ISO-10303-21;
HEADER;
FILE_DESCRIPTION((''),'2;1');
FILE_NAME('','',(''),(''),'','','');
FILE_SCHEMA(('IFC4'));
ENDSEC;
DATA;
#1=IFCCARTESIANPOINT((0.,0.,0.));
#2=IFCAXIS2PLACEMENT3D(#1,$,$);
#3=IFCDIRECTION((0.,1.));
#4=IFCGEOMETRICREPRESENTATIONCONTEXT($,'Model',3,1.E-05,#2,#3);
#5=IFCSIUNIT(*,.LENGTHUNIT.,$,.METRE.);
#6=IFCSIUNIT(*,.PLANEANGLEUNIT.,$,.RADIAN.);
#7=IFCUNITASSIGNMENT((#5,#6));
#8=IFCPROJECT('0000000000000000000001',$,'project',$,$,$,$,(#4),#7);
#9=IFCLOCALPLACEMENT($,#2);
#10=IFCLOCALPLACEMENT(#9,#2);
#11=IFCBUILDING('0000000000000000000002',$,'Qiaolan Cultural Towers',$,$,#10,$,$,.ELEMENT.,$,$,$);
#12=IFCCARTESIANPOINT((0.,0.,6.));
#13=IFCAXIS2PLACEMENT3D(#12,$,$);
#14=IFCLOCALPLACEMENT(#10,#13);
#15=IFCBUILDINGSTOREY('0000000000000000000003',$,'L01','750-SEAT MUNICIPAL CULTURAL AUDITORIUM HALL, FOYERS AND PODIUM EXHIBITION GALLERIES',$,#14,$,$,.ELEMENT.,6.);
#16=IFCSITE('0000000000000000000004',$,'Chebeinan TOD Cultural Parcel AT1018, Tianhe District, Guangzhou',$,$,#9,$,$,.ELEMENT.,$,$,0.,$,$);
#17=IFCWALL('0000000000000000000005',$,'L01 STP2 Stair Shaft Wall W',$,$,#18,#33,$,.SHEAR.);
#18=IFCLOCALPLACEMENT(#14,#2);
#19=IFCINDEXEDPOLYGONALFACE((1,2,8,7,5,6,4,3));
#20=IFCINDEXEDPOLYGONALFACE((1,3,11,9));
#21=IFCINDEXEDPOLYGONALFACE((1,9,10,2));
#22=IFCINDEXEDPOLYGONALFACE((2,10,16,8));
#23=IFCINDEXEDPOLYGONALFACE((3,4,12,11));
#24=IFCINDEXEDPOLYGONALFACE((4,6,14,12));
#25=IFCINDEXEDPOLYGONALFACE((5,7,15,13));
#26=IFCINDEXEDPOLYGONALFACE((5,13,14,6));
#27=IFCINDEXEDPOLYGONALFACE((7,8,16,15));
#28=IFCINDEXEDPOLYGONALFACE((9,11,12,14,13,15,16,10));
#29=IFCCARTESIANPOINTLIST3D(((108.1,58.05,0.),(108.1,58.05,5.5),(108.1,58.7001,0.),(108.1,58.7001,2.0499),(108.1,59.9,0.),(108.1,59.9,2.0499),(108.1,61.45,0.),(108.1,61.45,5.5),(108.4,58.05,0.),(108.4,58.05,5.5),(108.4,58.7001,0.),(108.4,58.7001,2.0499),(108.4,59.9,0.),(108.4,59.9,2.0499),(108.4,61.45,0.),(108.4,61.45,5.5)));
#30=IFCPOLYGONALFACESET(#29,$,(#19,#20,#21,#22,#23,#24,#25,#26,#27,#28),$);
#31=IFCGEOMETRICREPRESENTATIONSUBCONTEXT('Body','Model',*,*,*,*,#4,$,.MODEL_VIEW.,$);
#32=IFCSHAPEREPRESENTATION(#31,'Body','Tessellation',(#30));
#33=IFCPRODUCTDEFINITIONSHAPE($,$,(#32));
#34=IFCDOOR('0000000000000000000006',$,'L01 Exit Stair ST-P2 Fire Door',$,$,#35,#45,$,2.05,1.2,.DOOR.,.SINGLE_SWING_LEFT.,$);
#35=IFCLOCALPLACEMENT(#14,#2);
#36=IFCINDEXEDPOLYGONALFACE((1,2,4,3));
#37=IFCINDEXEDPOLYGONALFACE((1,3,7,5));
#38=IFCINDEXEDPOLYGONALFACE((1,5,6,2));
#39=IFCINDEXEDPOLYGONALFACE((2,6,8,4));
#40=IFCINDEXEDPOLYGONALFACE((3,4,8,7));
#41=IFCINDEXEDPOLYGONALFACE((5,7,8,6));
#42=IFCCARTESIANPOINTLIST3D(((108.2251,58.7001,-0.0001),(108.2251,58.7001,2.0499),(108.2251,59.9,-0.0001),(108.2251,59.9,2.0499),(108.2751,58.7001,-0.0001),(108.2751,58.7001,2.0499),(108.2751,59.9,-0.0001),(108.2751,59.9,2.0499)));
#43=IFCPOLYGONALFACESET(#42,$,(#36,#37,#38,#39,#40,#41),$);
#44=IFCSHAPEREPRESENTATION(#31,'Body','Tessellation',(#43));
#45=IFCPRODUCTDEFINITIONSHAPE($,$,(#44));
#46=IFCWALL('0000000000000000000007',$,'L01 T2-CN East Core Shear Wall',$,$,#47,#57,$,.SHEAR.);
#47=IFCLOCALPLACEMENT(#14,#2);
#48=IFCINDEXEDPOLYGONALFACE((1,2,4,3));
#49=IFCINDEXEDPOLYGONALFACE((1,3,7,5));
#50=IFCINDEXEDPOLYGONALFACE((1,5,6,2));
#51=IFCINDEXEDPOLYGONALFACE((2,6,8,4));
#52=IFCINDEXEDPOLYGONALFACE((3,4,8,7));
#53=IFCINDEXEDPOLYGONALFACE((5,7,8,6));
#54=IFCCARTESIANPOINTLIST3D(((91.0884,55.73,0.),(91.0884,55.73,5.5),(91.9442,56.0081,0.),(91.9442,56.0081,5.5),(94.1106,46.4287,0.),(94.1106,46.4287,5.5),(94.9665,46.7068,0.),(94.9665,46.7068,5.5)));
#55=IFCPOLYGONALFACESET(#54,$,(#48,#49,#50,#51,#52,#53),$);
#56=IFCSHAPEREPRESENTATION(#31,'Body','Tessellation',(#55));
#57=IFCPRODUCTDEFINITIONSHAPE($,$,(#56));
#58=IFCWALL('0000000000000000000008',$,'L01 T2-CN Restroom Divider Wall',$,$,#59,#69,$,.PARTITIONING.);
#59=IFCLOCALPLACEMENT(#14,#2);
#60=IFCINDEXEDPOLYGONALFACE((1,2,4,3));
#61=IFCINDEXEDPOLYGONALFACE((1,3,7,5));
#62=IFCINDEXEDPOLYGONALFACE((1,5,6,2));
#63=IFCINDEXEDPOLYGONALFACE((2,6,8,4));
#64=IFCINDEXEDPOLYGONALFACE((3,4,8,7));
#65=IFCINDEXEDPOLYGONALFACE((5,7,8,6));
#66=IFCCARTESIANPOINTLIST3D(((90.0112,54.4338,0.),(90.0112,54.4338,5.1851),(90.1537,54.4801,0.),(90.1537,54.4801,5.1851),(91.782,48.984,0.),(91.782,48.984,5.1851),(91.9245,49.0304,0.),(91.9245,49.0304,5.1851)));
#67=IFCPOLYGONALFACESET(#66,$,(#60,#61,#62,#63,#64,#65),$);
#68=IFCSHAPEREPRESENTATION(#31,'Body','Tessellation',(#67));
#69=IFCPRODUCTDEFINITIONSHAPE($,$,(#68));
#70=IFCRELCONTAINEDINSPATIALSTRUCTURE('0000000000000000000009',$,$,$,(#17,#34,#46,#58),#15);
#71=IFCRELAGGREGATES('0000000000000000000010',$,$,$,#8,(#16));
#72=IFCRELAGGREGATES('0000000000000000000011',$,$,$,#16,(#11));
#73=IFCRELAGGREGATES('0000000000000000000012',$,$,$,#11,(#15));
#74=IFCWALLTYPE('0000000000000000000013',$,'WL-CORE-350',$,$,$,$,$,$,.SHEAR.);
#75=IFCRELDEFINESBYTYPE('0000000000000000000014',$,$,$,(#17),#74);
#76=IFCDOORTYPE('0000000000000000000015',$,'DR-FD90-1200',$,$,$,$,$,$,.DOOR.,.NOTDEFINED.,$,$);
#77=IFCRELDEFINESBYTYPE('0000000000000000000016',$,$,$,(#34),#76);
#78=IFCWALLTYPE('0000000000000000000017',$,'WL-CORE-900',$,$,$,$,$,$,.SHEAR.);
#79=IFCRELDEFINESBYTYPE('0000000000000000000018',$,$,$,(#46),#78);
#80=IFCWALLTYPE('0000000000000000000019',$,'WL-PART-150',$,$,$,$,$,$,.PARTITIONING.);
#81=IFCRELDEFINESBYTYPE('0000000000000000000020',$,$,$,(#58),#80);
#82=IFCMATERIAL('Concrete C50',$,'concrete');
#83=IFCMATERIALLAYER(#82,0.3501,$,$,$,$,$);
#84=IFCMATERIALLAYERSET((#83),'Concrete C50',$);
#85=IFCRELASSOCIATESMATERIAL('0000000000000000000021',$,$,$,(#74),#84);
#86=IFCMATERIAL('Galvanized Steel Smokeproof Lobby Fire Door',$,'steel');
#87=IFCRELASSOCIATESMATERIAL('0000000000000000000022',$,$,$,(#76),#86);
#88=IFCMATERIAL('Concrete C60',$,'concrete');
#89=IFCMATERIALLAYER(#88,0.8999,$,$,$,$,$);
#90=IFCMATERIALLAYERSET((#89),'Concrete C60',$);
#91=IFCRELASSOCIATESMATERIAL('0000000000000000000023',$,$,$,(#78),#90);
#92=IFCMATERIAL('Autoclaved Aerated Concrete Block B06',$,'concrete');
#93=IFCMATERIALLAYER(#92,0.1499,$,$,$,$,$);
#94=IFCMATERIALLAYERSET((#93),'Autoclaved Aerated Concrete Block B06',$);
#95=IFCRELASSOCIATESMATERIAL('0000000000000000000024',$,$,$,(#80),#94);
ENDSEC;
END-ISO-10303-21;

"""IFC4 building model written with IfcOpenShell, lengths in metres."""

from ifc_helpers import new_model, si_unit, direction, frame, frame_2d, origin, place, context, subcontext, project, spatial, rectangle, extrude, material, layer, layer_set, type_object, element, fill, save


model = new_model("IFC4")

# Units and contexts
model_context = context("Model", 3, precision=1e-05, world=origin(), true_north=direction((0.0, 1.0)))
body_context = subcontext(model_context, "Body", "Model", "MODEL_VIEW")
ifc_project = project(units=[si_unit("LENGTHUNIT", "METRE"), si_unit("PLANEANGLEUNIT", "RADIAN")], contexts=[model_context])

# Site, building, storey
site_placement = place(None, origin())
site = spatial("IfcSite", under=ifc_project, at=site_placement, Name="Chebeinan TOD Cultural Parcel AT1018, Tianhe District, Guangzhou", CompositionType="ELEMENT", RefElevation=0.0)
building_placement = place(site_placement, origin())
building = spatial("IfcBuilding", under=site, at=building_placement, Name="Qiaolan Cultural Towers", CompositionType="ELEMENT")
storey_placement = place(building_placement, frame((0.0, 0.0, 6.0)))
storey = spatial("IfcBuildingStorey", under=building, at=storey_placement, Name="L01", Description="750-SEAT MUNICIPAL CULTURAL AUDITORIUM HALL, FOYERS AND PODIUM EXHIBITION GALLERIES", CompositionType="ELEMENT", Elevation=6.0)

# Shared definitions
ifc_material_1 = material(Name="Concrete C50", Category="concrete")
ifc_layer_1 = layer(ifc_material_1, 0.3501)
ifc_layer_set_1 = layer_set([ifc_layer_1], Name="Concrete C50")
wall_type_1 = type_object("IfcWallType", Name="WL-CORE-350", PredefinedType="SHEAR", material=ifc_layer_set_1)

# Wall, opening, door
wall_1_placement = place(storey_placement, frame((108.25, 58.05, 0.0), z_axis=(0.0, 0.0, 1.0), x_axis=(0.0, 1.0, 0.0)))
wall_1 = element("IfcWall", 1, at=wall_1_placement, inside=storey, type_object=wall_type_1, Name="L01 STP2 Stair Shaft Wall W", PredefinedType="SHEAR", context=body_context, shape_type="SweptSolid", body=[
    extrude(rectangle(XDim=3.3999, YDim=0.3, at=frame_2d((1.7, 0.0))), origin(), (0.0, 0.0, 1.0), 5.5),
])
opening_placement = place(wall_1_placement, frame((0.6499, 0.0, 0.0)))
opening = element("IfcOpeningElement", 2, at=opening_placement, cuts=wall_1, PredefinedType="OPENING", context=body_context, shape_type="SweptSolid", body=[
    extrude(rectangle(XDim=1.2, YDim=2.05, at=frame_2d((0.6001, 1.0249))), frame((0.0, 0.1599, 0.0), z_axis=(0.0, -1.0, 0.0), x_axis=(1.0, 0.0, 0.0)), (0.0, 0.0, 1.0), 0.3201),
])
ifc_material_2 = material(Name="Galvanized Steel Smokeproof Lobby Fire Door", Category="steel")
door_type = type_object("IfcDoorType", Name="DR-FD90-1200", OperationType="NOTDEFINED", PredefinedType="DOOR", material=ifc_material_2)
door_placement = place(opening_placement, origin())
door = element("IfcDoor", 3, at=door_placement, inside=storey, type_object=door_type, Name="L01 Exit Stair ST-P2 Fire Door", OperationType="SINGLE_SWING_LEFT", OverallHeight=2.05, OverallWidth=1.2, PredefinedType="DOOR", context=body_context, shape_type="SweptSolid", body=[
    extrude(rectangle(XDim=1.2, YDim=2.05, at=frame_2d((0.6001, 1.0249))), frame((0.0, 0.0249, 0.0), z_axis=(0.0, -1.0, 0.0), x_axis=(1.0, 0.0, 0.0)), (0.0, 0.0, 1.0), 0.05),
])
fill(opening, door)

# Walls
ifc_material_3 = material(Name="Concrete C60", Category="concrete")
ifc_layer_2 = layer(ifc_material_3, 0.8999)
ifc_layer_set_2 = layer_set([ifc_layer_2], Name="Concrete C60")
wall_type_2 = type_object("IfcWallType", Name="WL-CORE-900", PredefinedType="SHEAR", material=ifc_layer_set_2)
wall_2_placement = place(storey_placement, frame((94.5386, 46.5676, 0.0), z_axis=(0.0, 0.0, 1.0), x_axis=(-0.309022, 0.951055, 0.0)))
element("IfcWall", 4, at=wall_2_placement, inside=storey, type_object=wall_type_2, Name="L01 T2-CN East Core Shear Wall", PredefinedType="SHEAR", context=body_context, shape_type="SweptSolid", body=[
    extrude(rectangle(XDim=9.78, YDim=0.8999, at=frame_2d((4.8901, 0.0))), origin(), (0.0, 0.0, 1.0), 5.5),
])
ifc_material_4 = material(Name="Autoclaved Aerated Concrete Block B06", Category="concrete")
ifc_layer_3 = layer(ifc_material_4, 0.1499)
ifc_layer_set_3 = layer_set([ifc_layer_3], Name="Autoclaved Aerated Concrete Block B06")
wall_type_3 = type_object("IfcWallType", Name="WL-PART-150", PredefinedType="PARTITIONING", material=ifc_layer_set_3)
wall_3_placement = place(storey_placement, frame((91.8533, 49.0071, 0.0), z_axis=(0.0, 0.0, 1.0), x_axis=(-0.309022, 0.951055, 0.0)))
element("IfcWall", 5, at=wall_3_placement, inside=storey, type_object=wall_type_3, Name="L01 T2-CN Restroom Divider Wall", PredefinedType="PARTITIONING", context=body_context, shape_type="SweptSolid", body=[
    extrude(rectangle(XDim=5.7302, YDim=0.1499, at=frame_2d((2.8652, 0.0))), origin(), (0.0, 0.0, 1.0), 5.1851),
])

save(model, "model.ifc")
